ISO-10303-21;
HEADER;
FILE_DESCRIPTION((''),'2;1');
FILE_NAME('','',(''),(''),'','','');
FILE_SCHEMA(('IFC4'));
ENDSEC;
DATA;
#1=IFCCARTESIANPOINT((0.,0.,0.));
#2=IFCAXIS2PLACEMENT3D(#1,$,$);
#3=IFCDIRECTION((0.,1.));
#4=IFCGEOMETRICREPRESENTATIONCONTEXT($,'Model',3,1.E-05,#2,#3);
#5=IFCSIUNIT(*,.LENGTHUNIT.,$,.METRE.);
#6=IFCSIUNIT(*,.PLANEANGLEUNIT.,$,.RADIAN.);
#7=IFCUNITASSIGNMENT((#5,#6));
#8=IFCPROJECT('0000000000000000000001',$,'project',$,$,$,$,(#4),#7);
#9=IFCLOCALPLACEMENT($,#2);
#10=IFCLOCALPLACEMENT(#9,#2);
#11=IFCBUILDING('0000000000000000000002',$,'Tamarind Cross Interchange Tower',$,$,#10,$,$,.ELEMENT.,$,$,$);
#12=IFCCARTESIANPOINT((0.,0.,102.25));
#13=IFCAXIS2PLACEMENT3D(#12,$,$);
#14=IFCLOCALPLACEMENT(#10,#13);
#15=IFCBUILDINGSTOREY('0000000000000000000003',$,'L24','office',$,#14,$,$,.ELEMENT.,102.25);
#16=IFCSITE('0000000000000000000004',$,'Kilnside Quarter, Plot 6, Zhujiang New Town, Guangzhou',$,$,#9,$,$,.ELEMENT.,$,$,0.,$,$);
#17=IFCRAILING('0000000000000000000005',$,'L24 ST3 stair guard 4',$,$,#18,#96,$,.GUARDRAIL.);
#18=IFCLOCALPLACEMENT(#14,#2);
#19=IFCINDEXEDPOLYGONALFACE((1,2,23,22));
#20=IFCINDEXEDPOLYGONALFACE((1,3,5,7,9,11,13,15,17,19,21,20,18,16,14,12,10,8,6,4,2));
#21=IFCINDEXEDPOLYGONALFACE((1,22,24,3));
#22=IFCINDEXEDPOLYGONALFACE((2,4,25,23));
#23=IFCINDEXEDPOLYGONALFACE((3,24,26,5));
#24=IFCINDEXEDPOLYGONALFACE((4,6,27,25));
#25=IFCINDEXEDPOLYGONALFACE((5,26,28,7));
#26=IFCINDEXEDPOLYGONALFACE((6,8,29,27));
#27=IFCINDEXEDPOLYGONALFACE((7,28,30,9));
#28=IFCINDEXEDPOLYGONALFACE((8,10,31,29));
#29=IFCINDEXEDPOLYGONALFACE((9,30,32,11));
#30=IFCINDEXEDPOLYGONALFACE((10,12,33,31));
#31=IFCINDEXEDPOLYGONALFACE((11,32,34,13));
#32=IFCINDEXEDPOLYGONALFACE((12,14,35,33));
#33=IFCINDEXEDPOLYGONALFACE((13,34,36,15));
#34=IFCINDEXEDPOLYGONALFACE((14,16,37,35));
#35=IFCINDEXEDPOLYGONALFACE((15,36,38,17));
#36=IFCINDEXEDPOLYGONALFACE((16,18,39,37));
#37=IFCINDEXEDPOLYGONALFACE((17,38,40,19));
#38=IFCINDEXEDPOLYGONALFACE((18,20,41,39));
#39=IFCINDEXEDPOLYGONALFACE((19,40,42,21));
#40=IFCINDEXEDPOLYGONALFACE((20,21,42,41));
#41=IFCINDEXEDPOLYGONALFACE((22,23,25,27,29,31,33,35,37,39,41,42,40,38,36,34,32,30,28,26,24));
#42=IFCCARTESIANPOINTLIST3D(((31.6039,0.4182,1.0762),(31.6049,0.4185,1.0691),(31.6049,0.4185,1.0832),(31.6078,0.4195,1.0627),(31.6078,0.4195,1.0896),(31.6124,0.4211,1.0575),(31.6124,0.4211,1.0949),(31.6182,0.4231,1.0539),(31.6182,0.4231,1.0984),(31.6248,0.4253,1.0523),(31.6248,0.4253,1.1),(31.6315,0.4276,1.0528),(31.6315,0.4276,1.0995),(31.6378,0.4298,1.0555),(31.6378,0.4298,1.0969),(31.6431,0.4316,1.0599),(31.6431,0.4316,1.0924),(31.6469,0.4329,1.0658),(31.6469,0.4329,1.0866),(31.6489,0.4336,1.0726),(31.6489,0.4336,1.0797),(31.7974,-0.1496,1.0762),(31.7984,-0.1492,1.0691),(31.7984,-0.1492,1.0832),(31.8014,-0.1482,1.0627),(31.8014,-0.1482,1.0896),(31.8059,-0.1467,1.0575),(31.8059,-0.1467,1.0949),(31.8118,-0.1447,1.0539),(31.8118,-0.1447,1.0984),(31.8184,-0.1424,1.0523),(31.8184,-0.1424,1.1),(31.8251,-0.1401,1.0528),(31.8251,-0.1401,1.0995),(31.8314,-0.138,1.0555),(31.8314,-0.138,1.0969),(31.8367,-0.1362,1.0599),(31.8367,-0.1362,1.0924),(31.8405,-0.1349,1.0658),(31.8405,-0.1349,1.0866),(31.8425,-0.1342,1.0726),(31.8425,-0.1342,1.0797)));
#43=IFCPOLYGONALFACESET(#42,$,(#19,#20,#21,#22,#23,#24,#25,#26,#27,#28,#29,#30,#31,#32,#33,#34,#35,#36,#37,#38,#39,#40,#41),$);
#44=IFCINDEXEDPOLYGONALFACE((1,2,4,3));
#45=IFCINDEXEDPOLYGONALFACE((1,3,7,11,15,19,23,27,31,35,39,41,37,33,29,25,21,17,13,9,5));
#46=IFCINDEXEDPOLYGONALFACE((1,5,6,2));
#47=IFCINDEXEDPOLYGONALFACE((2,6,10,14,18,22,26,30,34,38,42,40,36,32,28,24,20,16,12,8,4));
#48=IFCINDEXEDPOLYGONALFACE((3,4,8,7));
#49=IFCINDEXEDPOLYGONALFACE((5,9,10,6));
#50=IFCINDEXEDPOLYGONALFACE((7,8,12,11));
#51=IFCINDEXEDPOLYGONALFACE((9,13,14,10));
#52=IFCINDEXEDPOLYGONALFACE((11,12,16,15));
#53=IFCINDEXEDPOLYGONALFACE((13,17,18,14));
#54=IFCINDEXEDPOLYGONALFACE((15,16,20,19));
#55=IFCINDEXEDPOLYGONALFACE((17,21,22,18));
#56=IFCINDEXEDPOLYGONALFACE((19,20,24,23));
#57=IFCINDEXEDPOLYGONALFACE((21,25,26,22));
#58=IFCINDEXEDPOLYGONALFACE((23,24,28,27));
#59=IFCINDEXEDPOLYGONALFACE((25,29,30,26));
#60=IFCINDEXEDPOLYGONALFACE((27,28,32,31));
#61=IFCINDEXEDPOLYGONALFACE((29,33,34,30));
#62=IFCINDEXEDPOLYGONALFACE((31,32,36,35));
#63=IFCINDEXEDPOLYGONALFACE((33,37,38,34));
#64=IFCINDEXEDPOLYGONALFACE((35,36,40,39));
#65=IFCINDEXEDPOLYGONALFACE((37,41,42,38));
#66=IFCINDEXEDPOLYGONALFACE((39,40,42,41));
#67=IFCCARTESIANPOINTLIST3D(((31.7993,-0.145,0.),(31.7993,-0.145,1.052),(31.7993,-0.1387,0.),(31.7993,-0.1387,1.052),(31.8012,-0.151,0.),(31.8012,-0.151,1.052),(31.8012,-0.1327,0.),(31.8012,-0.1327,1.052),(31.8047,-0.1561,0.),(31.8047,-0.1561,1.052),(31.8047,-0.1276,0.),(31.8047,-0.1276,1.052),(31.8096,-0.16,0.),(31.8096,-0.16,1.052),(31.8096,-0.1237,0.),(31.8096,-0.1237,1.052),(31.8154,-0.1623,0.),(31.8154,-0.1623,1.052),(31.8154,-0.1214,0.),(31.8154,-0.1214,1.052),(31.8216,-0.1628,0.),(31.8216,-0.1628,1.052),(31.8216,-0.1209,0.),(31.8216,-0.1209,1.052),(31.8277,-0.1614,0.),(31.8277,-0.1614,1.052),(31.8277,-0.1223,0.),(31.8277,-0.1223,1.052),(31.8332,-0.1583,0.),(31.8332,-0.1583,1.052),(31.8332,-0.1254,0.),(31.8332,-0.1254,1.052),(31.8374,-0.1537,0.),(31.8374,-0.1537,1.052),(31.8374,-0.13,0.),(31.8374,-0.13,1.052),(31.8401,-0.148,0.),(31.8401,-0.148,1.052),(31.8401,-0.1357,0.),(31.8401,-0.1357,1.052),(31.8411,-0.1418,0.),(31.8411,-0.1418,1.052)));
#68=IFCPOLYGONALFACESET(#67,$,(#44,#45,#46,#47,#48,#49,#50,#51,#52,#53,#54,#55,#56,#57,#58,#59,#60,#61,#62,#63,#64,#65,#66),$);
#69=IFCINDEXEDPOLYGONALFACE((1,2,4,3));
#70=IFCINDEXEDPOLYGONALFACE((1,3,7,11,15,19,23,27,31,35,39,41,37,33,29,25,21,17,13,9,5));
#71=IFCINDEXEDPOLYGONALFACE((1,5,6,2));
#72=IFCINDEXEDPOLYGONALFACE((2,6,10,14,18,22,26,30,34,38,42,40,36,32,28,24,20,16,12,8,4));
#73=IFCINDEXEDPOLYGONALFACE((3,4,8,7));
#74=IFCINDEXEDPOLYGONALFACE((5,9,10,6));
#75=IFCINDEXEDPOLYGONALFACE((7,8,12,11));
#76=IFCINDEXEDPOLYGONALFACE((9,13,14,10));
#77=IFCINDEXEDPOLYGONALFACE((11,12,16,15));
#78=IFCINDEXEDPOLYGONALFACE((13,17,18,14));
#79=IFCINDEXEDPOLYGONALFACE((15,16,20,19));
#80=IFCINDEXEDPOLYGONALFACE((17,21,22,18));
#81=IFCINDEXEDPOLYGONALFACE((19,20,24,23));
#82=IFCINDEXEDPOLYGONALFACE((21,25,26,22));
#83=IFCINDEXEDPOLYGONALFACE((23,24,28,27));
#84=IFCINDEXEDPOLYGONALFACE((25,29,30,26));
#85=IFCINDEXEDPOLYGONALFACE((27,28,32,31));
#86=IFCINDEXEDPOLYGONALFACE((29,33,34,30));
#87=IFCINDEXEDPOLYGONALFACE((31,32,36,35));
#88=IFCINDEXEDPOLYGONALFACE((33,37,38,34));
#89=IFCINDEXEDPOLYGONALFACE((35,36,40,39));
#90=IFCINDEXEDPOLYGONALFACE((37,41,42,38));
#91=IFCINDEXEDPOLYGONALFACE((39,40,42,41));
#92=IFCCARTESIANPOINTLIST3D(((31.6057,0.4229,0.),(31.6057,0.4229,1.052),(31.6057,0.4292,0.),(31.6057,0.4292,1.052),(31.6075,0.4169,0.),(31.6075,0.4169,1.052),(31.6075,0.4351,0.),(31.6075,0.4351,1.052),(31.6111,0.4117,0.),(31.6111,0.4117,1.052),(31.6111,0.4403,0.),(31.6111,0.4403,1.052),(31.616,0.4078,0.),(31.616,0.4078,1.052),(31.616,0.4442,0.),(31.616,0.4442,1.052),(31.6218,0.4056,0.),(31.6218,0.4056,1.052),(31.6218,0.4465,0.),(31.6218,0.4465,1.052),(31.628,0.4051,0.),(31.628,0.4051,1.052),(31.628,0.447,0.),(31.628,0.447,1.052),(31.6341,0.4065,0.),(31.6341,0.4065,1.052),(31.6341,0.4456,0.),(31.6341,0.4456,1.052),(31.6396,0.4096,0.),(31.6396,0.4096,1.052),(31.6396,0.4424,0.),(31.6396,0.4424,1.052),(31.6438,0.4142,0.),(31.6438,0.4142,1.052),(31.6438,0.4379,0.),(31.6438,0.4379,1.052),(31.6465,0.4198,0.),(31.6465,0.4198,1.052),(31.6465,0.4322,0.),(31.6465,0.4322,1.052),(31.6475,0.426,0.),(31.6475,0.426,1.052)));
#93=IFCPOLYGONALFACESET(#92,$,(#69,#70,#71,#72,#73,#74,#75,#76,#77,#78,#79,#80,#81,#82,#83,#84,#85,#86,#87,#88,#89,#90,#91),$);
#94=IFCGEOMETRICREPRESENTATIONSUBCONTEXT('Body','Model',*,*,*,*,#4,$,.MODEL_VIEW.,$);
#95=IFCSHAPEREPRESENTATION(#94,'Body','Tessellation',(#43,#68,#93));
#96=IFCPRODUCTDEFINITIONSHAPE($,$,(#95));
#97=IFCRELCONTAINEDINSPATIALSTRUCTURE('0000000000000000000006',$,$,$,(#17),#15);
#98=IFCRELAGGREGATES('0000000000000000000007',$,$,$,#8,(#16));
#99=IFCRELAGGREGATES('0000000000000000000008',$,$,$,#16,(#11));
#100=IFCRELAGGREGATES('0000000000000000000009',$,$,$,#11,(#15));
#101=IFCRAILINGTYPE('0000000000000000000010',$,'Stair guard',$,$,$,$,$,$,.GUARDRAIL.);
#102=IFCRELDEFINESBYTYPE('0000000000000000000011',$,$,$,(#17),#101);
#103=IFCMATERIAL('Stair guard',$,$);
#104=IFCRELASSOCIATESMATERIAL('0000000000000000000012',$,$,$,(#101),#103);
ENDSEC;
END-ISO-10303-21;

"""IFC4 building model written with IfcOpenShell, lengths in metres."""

from ifc_helpers import new_model, si_unit, direction, frame, origin, origin_2d, place, context, subcontext, project, spatial, circle, extrude, material, type_object, element, save


model = new_model("IFC4")

# Units and contexts
model_context = context("Model", 3, precision=1e-05, world=origin(), true_north=direction((0.0, 1.0)))
body_context = subcontext(model_context, "Body", "Model", "MODEL_VIEW")
ifc_project = project(units=[si_unit("LENGTHUNIT", "METRE"), si_unit("PLANEANGLEUNIT", "RADIAN")], contexts=[model_context])

# Site, building, storey
site_placement = place(None, origin())
site = spatial("IfcSite", under=ifc_project, at=site_placement, Name="Kilnside Quarter, Plot 6, Zhujiang New Town, Guangzhou", CompositionType="ELEMENT", RefElevation=0.0)
building_placement = place(site_placement, origin())
building = spatial("IfcBuilding", under=site, at=building_placement, Name="Tamarind Cross Interchange Tower", CompositionType="ELEMENT")
storey_placement = place(building_placement, frame((0.0, 0.0, 102.25)))
storey = spatial("IfcBuildingStorey", under=building, at=storey_placement, Name="L24", Description="office", CompositionType="ELEMENT", Elevation=102.25)

# Railing
ifc_material_1 = material(Name="Stair guard")
railing_type_1 = type_object("IfcRailingType", Name="Stair guard", PredefinedType="GUARDRAIL", material=ifc_material_1)
railing_1_placement = place(storey_placement, frame((31.8201, -0.1418, 0.0)))
element("IfcRailing", 1, at=railing_1_placement, inside=storey, type_object=railing_type_1, Name="L24 ST3 stair guard 4", PredefinedType="GUARDRAIL", context=body_context, shape_type="SweptSolid", body=[
    extrude(circle(Radius=0.0239, at=origin_2d()), frame((0.0, 0.0, 1.0762), z_axis=(-0.32269, 0.946505, 0.0), x_axis=(-0.946505, -0.32269, 0.0)), (0.0, 0.0, 1.0), 0.5999),
    extrude(circle(Radius=0.021, at=origin_2d()), origin(), (0.0, 0.0, 1.0), 1.052),
    extrude(circle(Radius=0.021, at=origin_2d()), frame((-0.1936, 0.5679, 0.0)), (0.0, 0.0, 1.0), 1.052),
])

save(model, "model.ifc")
